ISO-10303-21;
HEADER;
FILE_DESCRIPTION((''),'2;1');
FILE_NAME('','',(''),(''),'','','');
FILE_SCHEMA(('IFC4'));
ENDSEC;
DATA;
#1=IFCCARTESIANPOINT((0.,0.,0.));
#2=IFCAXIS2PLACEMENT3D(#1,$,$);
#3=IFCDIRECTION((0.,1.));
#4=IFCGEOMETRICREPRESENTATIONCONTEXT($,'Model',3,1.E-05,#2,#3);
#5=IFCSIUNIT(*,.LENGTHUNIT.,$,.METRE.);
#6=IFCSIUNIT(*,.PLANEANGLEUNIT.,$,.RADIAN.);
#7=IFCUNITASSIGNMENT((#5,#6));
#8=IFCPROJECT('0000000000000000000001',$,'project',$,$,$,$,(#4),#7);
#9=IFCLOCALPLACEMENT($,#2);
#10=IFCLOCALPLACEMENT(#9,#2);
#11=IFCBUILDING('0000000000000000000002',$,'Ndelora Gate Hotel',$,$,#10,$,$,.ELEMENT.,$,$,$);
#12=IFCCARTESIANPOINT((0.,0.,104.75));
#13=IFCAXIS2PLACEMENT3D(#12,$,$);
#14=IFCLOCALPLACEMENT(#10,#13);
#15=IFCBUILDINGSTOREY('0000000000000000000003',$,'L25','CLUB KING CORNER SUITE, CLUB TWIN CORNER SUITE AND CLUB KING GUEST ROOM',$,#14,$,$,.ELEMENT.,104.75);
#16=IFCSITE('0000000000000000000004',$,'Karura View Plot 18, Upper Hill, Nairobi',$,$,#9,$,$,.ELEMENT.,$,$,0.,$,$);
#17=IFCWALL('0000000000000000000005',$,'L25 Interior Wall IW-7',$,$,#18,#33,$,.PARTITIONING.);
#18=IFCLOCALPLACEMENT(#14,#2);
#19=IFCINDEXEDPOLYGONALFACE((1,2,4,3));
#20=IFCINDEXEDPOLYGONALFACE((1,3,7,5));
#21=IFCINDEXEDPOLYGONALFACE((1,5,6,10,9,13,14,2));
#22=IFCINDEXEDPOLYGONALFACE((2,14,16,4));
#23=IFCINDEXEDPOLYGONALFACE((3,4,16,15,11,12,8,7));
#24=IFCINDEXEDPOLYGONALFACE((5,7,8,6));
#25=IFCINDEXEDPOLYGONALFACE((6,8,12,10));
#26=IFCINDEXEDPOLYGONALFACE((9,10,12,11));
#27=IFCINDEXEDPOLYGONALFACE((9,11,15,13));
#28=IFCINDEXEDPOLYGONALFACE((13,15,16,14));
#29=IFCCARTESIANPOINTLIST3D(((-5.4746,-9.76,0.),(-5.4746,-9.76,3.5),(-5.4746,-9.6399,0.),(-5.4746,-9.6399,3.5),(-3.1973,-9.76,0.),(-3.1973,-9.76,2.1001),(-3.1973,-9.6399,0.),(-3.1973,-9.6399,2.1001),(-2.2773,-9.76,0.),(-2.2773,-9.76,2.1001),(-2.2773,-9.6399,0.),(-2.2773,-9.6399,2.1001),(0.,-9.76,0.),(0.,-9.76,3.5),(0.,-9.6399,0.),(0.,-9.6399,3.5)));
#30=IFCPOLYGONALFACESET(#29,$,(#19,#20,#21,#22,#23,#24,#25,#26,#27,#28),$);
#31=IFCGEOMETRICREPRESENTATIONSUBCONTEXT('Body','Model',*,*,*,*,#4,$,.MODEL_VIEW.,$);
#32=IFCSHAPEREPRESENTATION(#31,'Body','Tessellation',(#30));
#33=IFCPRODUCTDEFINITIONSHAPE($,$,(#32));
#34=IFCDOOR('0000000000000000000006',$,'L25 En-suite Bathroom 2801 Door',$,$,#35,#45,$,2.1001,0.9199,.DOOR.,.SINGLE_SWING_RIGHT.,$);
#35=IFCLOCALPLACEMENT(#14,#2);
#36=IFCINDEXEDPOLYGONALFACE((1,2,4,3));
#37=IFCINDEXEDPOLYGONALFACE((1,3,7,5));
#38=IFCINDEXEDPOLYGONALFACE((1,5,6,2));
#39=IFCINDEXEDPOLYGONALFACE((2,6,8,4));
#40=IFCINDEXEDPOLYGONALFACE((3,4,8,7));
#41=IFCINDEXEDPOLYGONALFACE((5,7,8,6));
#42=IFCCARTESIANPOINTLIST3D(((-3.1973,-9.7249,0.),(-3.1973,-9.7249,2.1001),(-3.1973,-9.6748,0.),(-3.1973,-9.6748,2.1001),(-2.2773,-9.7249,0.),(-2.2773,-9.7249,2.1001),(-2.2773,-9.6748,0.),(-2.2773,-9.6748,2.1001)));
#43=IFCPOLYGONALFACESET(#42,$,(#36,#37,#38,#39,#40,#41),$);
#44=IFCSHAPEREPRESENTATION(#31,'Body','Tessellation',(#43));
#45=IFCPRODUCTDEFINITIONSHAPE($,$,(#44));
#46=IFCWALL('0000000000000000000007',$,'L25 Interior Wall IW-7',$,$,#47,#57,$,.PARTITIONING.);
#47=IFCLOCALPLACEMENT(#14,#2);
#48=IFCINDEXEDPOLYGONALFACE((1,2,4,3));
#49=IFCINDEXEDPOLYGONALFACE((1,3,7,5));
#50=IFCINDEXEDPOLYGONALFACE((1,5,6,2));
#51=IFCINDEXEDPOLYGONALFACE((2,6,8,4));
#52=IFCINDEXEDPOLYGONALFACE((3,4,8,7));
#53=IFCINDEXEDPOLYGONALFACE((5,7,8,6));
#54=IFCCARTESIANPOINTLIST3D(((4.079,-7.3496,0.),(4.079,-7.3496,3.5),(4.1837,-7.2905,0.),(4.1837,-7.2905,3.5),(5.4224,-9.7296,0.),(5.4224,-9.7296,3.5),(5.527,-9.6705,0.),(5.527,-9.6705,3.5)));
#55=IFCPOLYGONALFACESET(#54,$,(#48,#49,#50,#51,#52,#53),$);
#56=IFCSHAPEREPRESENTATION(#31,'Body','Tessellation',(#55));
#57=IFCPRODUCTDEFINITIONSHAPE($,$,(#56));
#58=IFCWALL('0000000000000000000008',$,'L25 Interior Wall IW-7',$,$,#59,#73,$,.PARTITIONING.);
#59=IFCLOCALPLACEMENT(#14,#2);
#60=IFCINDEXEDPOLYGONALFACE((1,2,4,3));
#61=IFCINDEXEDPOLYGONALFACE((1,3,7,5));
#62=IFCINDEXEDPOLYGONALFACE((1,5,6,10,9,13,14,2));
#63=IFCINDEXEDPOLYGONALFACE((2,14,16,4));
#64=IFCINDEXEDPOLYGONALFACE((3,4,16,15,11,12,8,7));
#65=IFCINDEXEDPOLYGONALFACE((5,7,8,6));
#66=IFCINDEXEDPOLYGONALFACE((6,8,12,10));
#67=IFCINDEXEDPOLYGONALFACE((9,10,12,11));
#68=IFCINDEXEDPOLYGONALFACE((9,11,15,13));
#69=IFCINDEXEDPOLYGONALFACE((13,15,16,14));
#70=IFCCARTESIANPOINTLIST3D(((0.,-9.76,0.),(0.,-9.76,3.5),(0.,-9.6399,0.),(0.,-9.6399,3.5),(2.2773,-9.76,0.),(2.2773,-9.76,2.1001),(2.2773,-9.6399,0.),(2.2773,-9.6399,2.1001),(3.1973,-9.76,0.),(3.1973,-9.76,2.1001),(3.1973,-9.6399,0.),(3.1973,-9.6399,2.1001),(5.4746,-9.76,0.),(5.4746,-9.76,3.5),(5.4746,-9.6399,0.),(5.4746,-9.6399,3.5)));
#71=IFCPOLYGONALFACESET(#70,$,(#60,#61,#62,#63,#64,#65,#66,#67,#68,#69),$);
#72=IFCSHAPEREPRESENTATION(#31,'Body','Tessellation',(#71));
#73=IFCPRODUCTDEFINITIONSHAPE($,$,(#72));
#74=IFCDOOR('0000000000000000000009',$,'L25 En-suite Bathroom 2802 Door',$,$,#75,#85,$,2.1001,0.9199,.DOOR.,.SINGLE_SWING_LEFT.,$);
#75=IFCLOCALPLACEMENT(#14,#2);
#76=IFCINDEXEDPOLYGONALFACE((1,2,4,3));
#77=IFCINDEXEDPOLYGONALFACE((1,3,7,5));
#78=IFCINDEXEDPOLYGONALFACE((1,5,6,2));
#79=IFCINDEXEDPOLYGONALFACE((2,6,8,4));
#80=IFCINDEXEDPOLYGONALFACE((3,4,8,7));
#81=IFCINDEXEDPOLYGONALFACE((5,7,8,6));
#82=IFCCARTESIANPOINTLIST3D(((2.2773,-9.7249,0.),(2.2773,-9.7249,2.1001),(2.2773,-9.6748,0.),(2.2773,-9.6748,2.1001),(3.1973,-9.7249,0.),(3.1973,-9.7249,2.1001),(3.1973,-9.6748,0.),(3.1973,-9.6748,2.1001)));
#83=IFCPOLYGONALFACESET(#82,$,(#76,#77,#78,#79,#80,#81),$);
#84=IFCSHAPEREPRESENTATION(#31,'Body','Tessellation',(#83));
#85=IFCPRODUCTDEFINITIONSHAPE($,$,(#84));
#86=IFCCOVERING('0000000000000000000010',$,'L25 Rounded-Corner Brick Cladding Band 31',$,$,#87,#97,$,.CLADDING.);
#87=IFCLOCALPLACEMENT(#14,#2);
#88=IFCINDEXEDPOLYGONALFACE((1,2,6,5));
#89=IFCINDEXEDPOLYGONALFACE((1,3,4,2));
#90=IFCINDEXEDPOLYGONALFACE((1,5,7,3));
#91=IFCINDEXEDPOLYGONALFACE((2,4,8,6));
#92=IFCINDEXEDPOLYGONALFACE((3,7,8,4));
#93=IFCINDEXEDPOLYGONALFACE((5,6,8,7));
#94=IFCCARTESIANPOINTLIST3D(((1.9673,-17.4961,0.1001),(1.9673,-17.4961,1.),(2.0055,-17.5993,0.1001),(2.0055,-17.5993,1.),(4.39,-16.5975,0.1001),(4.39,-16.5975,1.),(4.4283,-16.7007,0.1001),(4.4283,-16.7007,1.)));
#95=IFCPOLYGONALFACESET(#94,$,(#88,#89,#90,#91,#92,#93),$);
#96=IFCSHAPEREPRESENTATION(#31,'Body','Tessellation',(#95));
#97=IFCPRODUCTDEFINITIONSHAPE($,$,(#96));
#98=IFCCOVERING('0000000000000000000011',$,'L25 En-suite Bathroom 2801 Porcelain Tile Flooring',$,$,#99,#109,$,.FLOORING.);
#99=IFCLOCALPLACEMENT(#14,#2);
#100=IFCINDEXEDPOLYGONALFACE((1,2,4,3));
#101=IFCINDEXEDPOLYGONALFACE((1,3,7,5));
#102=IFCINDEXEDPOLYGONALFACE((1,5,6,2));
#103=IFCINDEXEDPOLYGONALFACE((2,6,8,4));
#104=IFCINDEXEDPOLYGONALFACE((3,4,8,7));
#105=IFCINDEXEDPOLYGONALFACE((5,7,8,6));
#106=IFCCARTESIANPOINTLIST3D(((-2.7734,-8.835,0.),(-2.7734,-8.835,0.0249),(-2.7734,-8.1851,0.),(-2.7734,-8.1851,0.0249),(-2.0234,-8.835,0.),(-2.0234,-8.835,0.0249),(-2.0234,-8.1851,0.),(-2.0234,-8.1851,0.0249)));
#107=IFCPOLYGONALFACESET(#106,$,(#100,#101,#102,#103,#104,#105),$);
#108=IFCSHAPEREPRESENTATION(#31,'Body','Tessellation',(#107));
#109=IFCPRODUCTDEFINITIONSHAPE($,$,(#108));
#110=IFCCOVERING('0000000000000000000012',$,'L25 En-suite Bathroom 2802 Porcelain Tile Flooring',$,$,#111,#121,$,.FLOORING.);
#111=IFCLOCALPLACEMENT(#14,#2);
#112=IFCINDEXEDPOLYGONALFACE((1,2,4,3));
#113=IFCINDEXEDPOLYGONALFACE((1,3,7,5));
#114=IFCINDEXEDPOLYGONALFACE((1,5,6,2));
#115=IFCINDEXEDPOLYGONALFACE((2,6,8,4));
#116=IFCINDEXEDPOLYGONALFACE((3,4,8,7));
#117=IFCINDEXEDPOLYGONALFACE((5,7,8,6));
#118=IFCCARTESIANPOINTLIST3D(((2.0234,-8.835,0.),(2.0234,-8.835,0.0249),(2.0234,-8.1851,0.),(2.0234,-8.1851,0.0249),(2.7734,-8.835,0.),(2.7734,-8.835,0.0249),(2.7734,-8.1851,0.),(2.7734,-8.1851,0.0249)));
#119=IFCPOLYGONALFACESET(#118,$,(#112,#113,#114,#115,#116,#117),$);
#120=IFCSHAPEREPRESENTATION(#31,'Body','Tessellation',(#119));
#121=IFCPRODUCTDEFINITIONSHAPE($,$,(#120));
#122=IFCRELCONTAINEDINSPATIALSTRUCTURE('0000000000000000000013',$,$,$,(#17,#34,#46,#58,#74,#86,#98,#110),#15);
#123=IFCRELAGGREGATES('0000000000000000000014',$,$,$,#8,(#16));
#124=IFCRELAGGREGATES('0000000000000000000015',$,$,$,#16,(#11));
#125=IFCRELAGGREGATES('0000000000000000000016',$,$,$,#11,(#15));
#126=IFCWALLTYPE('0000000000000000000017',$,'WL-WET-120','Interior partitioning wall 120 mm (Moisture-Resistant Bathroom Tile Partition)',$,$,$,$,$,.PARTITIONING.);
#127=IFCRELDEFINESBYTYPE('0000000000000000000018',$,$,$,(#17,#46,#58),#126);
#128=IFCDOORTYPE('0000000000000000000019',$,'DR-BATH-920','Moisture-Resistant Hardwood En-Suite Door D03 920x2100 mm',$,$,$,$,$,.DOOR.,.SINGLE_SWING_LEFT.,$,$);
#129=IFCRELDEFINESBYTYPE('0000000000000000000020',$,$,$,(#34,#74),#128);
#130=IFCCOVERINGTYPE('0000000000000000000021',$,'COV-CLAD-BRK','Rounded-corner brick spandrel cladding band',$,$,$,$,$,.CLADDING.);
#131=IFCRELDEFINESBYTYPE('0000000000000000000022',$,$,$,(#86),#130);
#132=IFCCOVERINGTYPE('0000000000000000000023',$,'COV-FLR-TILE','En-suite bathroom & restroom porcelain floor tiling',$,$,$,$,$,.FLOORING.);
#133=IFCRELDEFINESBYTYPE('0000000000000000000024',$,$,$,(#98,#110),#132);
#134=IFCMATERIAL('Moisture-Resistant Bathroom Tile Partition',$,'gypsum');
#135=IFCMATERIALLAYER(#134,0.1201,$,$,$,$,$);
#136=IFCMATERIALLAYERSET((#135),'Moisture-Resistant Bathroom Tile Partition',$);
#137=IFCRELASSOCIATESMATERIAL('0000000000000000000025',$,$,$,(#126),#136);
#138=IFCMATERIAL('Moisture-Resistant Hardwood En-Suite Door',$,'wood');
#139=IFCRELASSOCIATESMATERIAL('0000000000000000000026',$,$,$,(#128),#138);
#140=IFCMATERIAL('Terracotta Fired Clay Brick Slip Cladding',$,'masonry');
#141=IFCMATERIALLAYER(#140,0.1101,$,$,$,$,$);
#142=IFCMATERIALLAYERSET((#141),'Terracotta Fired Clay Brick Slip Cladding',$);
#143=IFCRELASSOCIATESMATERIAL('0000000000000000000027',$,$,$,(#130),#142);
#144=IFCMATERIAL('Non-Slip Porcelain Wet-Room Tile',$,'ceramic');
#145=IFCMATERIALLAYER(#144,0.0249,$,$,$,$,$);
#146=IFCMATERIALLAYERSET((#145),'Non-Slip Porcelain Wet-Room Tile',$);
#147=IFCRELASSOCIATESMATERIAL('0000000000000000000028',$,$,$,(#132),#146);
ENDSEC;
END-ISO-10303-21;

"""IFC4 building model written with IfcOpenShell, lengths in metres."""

from ifc_helpers import new_model, si_unit, direction, frame, frame_2d, origin, origin_2d, place, context, subcontext, project, spatial, rectangle, extrude, material, layer, layer_set, type_object, element, fill, save


model = new_model("IFC4")

# Units and contexts
model_context = context("Model", 3, precision=1e-05, world=origin(), true_north=direction((0.0, 1.0)))
body_context = subcontext(model_context, "Body", "Model", "MODEL_VIEW")
ifc_project = project(units=[si_unit("LENGTHUNIT", "METRE"), si_unit("PLANEANGLEUNIT", "RADIAN")], contexts=[model_context])

# Site, building, storey
site_placement = place(None, origin())
site = spatial("IfcSite", under=ifc_project, at=site_placement, Name="Karura View Plot 18, Upper Hill, Nairobi", CompositionType="ELEMENT", RefElevation=0.0)
building_placement = place(site_placement, origin())
building = spatial("IfcBuilding", under=site, at=building_placement, Name="Ndelora Gate Hotel", CompositionType="ELEMENT")
storey_placement = place(building_placement, frame((0.0, 0.0, 104.75)))
storey = spatial("IfcBuildingStorey", under=building, at=storey_placement, Name="L25", Description="CLUB KING CORNER SUITE, CLUB TWIN CORNER SUITE AND CLUB KING GUEST ROOM", CompositionType="ELEMENT", Elevation=104.75)

# Wall, opening, door
ifc_material_1 = material(Name="Moisture-Resistant Bathroom Tile Partition", Category="gypsum")
ifc_layer_1 = layer(ifc_material_1, 0.1201)
ifc_layer_set_1 = layer_set([ifc_layer_1], Name="Moisture-Resistant Bathroom Tile Partition")
wall_type_1 = type_object("IfcWallType", Name="WL-WET-120", Description="Interior partitioning wall 120 mm (Moisture-Resistant Bathroom Tile Partition)", PredefinedType="PARTITIONING", material=ifc_layer_set_1)
wall_1_placement = place(storey_placement, frame((0.0, -9.7, 0.0), z_axis=(0.0, 0.0, 1.0), x_axis=(-1.0, 0.0, 0.0)))
wall_1 = element("IfcWall", 1, at=wall_1_placement, inside=storey, type_object=wall_type_1, Name="L25 Interior Wall IW-7", PredefinedType="PARTITIONING", context=body_context, shape_type="SweptSolid", body=[
    extrude(rectangle(XDim=5.4746, YDim=0.1201, at=frame_2d((2.7373, 0.0))), origin(), (0.0, 0.0, 1.0), 3.5),
])
opening_1_placement = place(wall_1_placement, frame((2.2773, 0.0, 0.0)))
opening_1 = element("IfcOpeningElement", 2, at=opening_1_placement, cuts=wall_1, PredefinedType="OPENING", context=body_context, shape_type="SweptSolid", body=[
    extrude(rectangle(XDim=0.9199, YDim=2.1001, at=frame_2d((0.46, 1.05))), frame((0.0, 0.0701, 0.0), z_axis=(0.0, -1.0, 0.0), x_axis=(1.0, 0.0, 0.0)), (0.0, 0.0, 1.0), 0.1401),
])
ifc_material_2 = material(Name="Moisture-Resistant Hardwood En-Suite Door", Category="wood")
door_type_1 = type_object("IfcDoorType", Name="DR-BATH-920", Description="Moisture-Resistant Hardwood En-Suite Door D03 920x2100 mm", OperationType="SINGLE_SWING_LEFT", PredefinedType="DOOR", material=ifc_material_2)
door_1_placement = place(opening_1_placement, origin())
door_1 = element("IfcDoor", 3, at=door_1_placement, inside=storey, type_object=door_type_1, Name="L25 En-suite Bathroom 2801 Door", OperationType="SINGLE_SWING_RIGHT", OverallHeight=2.1001, OverallWidth=0.9199, PredefinedType="DOOR", context=body_context, shape_type="SweptSolid", body=[
    extrude(rectangle(XDim=0.9199, YDim=2.1001, at=frame_2d((0.46, 1.05))), frame((0.0, 0.0249, 0.0), z_axis=(0.0, -1.0, 0.0), x_axis=(1.0, 0.0, 0.0)), (0.0, 0.0, 1.0), 0.05),
])
fill(opening_1, door_1)

# Wall
wall_2_placement = place(storey_placement, frame((4.1313, -7.3201, 0.0), z_axis=(0.0, 0.0, 1.0), x_axis=(0.491533, -0.870859, 0.0)))
element("IfcWall", 4, at=wall_2_placement, inside=storey, type_object=wall_type_1, Name="L25 Interior Wall IW-7", PredefinedType="PARTITIONING", context=body_context, shape_type="SweptSolid", body=[
    extrude(rectangle(XDim=2.7329, YDim=0.1201, at=frame_2d((1.3665, 0.0))), origin(), (0.0, 0.0, 1.0), 3.5),
])

# Wall, opening, door
wall_3_placement = place(storey_placement, frame((5.4746, -9.7, 0.0), z_axis=(0.0, 0.0, 1.0), x_axis=(-1.0, 0.0, 0.0)))
wall_3 = element("IfcWall", 5, at=wall_3_placement, inside=storey, type_object=wall_type_1, Name="L25 Interior Wall IW-7", PredefinedType="PARTITIONING", context=body_context, shape_type="SweptSolid", body=[
    extrude(rectangle(XDim=5.4746, YDim=0.1201, at=frame_2d((2.7373, 0.0))), origin(), (0.0, 0.0, 1.0), 3.5),
])
opening_2_placement = place(wall_3_placement, frame((2.2773, 0.0, 0.0)))
opening_2 = element("IfcOpeningElement", 6, at=opening_2_placement, cuts=wall_3, PredefinedType="OPENING", context=body_context, shape_type="SweptSolid", body=[
    extrude(rectangle(XDim=0.9199, YDim=2.1001, at=frame_2d((0.46, 1.05))), frame((0.0, 0.0701, 0.0), z_axis=(0.0, -1.0, 0.0), x_axis=(1.0, 0.0, 0.0)), (0.0, 0.0, 1.0), 0.1401),
])
door_2_placement = place(opening_2_placement, origin())
door_2 = element("IfcDoor", 7, at=door_2_placement, inside=storey, type_object=door_type_1, Name="L25 En-suite Bathroom 2802 Door", OperationType="SINGLE_SWING_LEFT", OverallHeight=2.1001, OverallWidth=0.9199, PredefinedType="DOOR", context=body_context, shape_type="SweptSolid", body=[
    extrude(rectangle(XDim=0.9199, YDim=2.1001, at=frame_2d((0.46, 1.05))), frame((0.0, 0.0249, 0.0), z_axis=(0.0, -1.0, 0.0), x_axis=(1.0, 0.0, 0.0)), (0.0, 0.0, 1.0), 0.05),
])
fill(opening_2, door_2)

# Coverings
ifc_material_3 = material(Name="Terracotta Fired Clay Brick Slip Cladding", Category="masonry")
ifc_layer_2 = layer(ifc_material_3, 0.1101)
ifc_layer_set_2 = layer_set([ifc_layer_2], Name="Terracotta Fired Clay Brick Slip Cladding")
covering_type_1 = type_object("IfcCoveringType", Name="COV-CLAD-BRK", Description="Rounded-corner brick spandrel cladding band", PredefinedType="CLADDING", material=ifc_layer_set_2)
covering_placement = place(storey_placement, frame((3.1978, -17.0984, 0.1001), z_axis=(0.0, 0.0, 1.0), x_axis=(0.937586, 0.347754, 0.0)))
element("IfcCovering", 8, at=covering_placement, inside=storey, type_object=covering_type_1, Name="L25 Rounded-Corner Brick Cladding Band 31", PredefinedType="CLADDING", context=body_context, shape_type="SweptSolid", body=[
    extrude(rectangle(XDim=2.584, YDim=0.1101, at=origin_2d()), origin(), (0.0, 0.0, 1.0), 0.8999),
])
ifc_material_4 = material(Name="Non-Slip Porcelain Wet-Room Tile", Category="ceramic")
ifc_layer_3 = layer(ifc_material_4, 0.0249)
ifc_layer_set_3 = layer_set([ifc_layer_3], Name="Non-Slip Porcelain Wet-Room Tile")
covering_type_2 = type_object("IfcCoveringType", Name="COV-FLR-TILE", Description="En-suite bathroom & restroom porcelain floor tiling", PredefinedType="FLOORING", material=ifc_layer_set_3)
for number, where, z_axis, x_axis, name in (
    (9, (-2.3984, -8.51, 0.0), (0.0, 0.0, 1.0), (1.0, 0.0, 0.0), "L25 En-suite Bathroom 2801 Porcelain Tile Flooring"),
    (10, (2.3984, -8.51, 0.0), (0.0, 0.0, 1.0), (1.0, 0.0, 0.0), "L25 En-suite Bathroom 2802 Porcelain Tile Flooring"),
):
    element("IfcCovering", number, at=place(storey_placement, frame(where, z_axis=z_axis, x_axis=x_axis)), inside=storey, type_object=covering_type_2, Name=name, PredefinedType="FLOORING", context=body_context, shape_type="SweptSolid", body=[
        extrude(rectangle(XDim=0.75, YDim=0.6499, at=origin_2d()), origin(), (0.0, 0.0, 1.0), 0.0249),
    ])

save(model, "model.ifc")
